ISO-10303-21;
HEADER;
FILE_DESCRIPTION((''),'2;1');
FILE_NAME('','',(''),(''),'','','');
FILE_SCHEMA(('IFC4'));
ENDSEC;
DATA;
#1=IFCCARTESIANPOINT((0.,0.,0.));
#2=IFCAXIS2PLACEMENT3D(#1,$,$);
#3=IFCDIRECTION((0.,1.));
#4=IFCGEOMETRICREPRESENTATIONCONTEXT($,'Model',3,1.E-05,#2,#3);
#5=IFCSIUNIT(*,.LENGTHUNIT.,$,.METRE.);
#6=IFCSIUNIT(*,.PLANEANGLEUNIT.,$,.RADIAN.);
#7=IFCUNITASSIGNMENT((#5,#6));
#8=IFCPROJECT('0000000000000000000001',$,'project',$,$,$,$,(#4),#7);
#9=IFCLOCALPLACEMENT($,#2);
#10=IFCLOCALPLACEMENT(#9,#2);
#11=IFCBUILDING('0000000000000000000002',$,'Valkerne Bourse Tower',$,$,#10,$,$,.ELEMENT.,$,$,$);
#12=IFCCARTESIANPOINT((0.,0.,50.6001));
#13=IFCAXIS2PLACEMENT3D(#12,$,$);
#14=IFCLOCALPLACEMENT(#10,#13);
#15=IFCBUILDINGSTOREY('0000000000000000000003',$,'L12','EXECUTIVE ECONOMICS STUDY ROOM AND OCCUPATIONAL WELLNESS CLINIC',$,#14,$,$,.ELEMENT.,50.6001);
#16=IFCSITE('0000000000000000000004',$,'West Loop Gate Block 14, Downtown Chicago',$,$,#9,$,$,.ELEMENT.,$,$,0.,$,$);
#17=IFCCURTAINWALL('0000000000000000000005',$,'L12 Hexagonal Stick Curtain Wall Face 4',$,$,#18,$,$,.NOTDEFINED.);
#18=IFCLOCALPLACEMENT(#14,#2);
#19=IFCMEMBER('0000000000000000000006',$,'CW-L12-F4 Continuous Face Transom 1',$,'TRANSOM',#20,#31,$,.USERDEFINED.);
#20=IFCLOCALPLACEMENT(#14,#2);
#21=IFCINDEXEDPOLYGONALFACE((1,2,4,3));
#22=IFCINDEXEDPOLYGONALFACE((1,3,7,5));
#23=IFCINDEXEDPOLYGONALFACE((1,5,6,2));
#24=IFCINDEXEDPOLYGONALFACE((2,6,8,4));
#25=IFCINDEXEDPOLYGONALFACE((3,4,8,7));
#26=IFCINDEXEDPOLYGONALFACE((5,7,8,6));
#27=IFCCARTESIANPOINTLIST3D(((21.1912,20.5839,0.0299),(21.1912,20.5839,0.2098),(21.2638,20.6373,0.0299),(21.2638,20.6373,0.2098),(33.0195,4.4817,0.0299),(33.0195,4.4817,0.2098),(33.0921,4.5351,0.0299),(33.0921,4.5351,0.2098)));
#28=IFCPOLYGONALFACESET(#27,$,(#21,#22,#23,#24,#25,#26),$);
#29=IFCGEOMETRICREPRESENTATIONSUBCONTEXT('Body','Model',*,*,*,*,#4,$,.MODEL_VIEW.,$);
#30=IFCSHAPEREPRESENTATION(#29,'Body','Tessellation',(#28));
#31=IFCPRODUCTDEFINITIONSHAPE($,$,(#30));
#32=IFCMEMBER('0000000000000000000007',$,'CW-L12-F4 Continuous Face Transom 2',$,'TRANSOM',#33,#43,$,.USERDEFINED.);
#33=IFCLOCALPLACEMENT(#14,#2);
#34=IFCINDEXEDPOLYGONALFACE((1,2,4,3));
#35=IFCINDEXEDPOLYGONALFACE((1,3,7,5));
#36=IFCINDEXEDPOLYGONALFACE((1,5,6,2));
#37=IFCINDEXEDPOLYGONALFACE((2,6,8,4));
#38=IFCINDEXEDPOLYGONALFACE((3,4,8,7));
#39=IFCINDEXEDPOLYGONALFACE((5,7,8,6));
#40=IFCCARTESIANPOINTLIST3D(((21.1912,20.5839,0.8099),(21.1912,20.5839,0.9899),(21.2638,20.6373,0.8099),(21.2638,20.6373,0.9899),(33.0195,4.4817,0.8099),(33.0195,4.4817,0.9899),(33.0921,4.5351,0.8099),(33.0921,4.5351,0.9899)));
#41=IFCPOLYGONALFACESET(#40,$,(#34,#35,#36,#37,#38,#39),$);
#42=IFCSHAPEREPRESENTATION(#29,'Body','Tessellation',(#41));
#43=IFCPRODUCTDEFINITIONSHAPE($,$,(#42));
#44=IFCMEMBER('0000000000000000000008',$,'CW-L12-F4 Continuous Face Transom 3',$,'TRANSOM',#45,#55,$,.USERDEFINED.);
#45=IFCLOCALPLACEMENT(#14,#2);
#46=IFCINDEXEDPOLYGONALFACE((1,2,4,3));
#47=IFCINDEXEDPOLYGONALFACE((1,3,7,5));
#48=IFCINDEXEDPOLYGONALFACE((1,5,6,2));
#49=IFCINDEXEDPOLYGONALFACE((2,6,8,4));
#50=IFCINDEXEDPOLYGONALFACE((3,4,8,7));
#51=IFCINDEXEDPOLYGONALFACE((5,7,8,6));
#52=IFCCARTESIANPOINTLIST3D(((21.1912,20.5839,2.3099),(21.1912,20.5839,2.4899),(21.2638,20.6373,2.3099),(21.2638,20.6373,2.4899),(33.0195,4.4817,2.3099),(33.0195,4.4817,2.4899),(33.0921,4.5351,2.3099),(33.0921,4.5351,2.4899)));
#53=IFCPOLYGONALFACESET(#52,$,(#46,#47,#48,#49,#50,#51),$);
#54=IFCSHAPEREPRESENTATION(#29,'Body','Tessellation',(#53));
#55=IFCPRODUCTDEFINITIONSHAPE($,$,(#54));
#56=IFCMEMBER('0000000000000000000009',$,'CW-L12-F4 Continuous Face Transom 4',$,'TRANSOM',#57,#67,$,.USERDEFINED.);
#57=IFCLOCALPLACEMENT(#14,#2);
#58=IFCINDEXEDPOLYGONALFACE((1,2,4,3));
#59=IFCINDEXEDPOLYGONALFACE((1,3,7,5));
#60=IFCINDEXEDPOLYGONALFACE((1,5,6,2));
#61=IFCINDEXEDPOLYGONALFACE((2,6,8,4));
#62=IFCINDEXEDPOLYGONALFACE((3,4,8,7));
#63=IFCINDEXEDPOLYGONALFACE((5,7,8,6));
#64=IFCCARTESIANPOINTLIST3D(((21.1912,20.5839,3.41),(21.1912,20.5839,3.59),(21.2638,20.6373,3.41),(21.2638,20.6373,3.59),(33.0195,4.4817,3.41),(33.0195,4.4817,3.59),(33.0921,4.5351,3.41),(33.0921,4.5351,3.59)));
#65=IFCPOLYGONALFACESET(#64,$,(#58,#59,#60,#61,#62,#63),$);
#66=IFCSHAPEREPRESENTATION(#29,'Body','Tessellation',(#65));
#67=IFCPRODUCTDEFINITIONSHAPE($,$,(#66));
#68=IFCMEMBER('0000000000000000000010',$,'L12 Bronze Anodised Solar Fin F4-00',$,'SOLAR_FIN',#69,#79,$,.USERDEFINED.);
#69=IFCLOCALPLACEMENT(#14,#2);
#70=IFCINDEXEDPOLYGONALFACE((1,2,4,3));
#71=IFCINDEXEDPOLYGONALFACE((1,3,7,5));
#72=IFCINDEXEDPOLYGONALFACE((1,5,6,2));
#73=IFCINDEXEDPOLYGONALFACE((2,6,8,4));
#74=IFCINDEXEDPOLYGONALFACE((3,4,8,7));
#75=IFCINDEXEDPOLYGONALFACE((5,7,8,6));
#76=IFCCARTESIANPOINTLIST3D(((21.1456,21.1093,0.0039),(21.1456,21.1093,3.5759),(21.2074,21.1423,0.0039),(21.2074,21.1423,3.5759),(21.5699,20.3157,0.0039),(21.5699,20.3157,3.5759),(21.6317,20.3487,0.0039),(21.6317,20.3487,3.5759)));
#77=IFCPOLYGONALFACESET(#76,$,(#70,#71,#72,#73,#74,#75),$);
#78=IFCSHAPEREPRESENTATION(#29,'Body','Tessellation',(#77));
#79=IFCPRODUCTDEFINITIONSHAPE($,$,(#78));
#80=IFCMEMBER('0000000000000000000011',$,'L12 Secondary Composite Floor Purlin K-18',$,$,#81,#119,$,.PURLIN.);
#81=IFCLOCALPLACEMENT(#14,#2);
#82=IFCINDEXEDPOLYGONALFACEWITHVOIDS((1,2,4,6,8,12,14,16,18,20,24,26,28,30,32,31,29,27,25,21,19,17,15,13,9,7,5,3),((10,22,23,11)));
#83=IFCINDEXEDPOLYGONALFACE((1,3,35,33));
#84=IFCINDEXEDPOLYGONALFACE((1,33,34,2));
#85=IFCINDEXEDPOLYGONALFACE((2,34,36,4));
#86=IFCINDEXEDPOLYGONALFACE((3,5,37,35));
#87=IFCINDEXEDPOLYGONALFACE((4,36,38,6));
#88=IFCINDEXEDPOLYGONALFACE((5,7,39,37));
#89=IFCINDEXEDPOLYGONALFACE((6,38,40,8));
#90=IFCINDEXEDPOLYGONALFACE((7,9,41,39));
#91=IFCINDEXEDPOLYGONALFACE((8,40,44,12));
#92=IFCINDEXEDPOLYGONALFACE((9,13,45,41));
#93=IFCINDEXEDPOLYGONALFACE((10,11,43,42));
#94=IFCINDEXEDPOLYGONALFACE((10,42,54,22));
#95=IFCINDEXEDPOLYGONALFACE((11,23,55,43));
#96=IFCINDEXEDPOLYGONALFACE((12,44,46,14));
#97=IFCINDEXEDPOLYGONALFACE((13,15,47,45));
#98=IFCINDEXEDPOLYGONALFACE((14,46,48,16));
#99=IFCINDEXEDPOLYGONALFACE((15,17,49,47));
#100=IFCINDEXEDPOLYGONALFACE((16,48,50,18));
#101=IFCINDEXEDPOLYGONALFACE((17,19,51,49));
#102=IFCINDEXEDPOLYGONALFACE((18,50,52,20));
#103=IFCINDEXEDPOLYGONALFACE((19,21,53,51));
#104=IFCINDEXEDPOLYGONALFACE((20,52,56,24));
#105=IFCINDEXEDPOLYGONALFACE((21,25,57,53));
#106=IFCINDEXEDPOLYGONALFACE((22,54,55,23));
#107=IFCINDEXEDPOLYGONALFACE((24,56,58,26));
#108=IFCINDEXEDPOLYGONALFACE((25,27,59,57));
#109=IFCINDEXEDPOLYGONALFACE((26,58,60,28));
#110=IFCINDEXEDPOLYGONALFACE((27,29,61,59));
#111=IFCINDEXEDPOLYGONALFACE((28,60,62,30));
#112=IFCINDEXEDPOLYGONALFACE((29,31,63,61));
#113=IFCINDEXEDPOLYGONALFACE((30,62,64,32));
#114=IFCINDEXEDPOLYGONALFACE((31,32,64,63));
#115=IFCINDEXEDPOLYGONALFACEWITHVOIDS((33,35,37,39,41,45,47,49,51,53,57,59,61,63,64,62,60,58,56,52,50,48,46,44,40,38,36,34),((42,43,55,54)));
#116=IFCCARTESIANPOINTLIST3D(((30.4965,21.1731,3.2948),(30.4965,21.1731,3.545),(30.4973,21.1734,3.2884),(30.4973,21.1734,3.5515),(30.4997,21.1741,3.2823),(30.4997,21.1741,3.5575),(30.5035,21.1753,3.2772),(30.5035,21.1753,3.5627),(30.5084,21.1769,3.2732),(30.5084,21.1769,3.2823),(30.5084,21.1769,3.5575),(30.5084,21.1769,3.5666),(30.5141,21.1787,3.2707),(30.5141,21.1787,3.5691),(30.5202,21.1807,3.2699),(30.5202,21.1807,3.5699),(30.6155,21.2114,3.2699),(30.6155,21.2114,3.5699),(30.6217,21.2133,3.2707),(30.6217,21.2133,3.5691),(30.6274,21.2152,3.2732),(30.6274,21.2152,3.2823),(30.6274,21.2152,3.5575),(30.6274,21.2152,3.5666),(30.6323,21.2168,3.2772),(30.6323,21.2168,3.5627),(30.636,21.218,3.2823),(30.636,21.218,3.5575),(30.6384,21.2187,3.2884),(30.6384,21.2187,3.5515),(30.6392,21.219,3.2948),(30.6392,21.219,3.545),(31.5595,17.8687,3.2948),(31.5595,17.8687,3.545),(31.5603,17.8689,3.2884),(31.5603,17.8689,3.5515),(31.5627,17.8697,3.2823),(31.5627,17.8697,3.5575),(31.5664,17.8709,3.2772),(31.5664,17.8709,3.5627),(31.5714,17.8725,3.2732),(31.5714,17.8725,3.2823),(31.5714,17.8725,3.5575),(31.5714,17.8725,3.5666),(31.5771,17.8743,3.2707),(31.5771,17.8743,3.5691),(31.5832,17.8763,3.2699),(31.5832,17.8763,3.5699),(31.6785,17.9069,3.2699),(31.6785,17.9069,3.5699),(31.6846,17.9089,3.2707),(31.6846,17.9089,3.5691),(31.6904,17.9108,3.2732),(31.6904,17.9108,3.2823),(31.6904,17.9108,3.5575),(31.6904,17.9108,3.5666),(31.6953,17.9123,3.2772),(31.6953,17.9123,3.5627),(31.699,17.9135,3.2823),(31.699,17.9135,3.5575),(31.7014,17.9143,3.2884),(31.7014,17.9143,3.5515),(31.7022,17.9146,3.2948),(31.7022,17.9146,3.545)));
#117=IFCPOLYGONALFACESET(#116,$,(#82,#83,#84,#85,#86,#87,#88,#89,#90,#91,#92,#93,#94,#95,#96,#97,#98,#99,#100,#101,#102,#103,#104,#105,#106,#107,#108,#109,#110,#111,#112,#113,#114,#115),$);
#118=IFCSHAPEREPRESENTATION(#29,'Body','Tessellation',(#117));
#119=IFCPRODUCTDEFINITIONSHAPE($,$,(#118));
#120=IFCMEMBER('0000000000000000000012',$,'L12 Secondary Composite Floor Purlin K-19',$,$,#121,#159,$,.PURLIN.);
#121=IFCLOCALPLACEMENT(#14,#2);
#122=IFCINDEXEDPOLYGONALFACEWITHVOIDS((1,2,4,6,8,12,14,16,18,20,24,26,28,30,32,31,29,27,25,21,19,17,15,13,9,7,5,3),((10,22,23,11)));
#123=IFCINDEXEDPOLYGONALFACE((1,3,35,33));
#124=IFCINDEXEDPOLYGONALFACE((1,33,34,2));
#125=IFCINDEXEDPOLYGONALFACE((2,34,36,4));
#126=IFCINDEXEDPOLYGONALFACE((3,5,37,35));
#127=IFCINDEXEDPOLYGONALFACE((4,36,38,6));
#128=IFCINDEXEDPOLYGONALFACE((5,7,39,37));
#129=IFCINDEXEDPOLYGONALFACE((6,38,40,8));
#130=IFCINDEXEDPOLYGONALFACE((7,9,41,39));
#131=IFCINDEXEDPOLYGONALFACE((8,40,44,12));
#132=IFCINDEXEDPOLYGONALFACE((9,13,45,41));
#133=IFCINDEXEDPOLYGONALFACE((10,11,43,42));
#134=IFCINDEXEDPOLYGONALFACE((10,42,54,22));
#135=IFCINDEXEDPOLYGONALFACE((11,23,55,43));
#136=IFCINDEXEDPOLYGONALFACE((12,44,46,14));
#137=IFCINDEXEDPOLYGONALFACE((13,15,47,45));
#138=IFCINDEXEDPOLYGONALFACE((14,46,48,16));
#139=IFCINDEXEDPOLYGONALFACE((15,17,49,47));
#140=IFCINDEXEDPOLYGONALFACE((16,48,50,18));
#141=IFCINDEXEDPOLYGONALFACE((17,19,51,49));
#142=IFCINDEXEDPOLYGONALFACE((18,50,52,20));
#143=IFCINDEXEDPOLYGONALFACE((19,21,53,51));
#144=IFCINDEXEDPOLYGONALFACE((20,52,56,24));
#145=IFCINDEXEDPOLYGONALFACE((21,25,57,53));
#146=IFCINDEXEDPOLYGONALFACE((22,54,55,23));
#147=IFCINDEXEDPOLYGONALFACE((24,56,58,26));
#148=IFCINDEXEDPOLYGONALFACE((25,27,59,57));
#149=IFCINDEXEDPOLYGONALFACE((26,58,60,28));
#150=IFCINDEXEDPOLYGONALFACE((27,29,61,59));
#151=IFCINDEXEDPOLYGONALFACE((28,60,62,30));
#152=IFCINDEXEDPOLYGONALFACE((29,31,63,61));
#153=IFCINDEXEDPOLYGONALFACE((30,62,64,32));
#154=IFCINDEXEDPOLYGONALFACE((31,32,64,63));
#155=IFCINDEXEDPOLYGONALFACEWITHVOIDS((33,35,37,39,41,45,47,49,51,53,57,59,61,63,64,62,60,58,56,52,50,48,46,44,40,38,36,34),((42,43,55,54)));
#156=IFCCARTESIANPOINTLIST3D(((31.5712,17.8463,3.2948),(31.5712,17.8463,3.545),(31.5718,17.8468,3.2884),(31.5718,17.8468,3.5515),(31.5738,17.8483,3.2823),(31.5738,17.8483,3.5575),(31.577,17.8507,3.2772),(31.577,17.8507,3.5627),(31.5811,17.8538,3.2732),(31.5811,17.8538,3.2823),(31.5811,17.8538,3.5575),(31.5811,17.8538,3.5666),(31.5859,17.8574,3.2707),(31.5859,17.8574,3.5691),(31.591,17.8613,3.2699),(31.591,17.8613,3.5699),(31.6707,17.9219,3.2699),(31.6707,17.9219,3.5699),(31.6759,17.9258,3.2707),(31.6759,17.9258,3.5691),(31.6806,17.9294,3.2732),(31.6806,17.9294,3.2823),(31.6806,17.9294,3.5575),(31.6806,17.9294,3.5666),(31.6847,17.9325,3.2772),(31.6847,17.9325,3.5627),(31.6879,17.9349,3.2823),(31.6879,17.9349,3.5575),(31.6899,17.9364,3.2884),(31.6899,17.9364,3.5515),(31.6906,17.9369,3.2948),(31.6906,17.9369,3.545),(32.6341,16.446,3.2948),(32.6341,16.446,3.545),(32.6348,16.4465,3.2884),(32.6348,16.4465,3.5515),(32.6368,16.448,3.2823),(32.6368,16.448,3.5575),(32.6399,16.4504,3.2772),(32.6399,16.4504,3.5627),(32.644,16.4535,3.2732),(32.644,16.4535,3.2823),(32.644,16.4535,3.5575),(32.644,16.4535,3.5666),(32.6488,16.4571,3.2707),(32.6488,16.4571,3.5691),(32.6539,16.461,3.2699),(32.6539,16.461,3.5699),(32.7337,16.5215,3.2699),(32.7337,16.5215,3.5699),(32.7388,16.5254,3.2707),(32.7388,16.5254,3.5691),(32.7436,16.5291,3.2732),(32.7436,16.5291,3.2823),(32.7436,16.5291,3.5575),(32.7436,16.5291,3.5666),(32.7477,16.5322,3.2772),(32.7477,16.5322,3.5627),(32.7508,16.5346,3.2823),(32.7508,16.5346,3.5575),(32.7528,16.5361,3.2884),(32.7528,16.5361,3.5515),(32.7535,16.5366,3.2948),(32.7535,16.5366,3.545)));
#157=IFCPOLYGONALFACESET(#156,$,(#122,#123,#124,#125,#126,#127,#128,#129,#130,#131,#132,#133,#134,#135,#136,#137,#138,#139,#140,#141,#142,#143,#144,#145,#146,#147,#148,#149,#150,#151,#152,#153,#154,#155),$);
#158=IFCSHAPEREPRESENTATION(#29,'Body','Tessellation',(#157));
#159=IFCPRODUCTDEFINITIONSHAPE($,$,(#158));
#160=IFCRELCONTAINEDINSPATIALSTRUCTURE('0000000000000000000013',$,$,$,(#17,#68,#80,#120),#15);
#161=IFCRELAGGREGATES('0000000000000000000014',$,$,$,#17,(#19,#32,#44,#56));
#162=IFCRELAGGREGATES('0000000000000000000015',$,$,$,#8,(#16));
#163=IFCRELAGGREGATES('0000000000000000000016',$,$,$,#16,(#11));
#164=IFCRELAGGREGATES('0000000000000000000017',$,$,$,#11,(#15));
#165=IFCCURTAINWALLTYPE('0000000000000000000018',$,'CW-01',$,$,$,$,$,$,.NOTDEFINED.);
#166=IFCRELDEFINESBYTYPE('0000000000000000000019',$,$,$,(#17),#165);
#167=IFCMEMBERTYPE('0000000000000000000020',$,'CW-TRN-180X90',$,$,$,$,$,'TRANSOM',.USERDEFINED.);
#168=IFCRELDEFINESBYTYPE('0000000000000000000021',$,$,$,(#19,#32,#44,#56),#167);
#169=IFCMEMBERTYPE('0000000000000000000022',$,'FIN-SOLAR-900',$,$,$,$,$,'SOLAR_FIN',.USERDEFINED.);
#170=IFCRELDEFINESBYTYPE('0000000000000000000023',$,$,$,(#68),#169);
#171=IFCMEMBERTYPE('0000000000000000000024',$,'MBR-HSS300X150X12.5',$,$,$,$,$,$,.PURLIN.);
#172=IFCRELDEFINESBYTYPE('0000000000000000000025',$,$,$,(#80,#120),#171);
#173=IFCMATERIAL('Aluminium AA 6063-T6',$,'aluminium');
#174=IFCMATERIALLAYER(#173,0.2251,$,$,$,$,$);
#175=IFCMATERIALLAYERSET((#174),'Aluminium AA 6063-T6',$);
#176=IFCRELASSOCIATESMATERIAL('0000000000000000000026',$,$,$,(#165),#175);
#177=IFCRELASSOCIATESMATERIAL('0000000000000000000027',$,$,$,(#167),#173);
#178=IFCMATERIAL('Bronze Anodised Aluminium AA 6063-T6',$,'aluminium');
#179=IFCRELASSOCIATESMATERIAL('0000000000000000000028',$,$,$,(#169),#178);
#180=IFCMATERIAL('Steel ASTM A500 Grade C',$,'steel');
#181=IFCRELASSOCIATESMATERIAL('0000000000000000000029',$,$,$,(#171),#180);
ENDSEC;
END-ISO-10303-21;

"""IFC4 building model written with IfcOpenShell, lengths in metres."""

from ifc_helpers import new_model, si_unit, direction, frame, origin, origin_2d, place, context, subcontext, project, spatial, rectangle, hollow_rectangle, extrude, material, layer, layer_set, material_profile, profile_set, type_object, element, aggregate, save


model = new_model("IFC4")

# Units and contexts
model_context = context("Model", 3, precision=1e-05, world=origin(), true_north=direction((0.0, 1.0)))
body_context = subcontext(model_context, "Body", "Model", "MODEL_VIEW")
ifc_project = project(units=[si_unit("LENGTHUNIT", "METRE"), si_unit("PLANEANGLEUNIT", "RADIAN")], contexts=[model_context])

# Site, building, storey
site_placement = place(None, origin())
site = spatial("IfcSite", under=ifc_project, at=site_placement, Name="West Loop Gate Block 14, Downtown Chicago", CompositionType="ELEMENT", RefElevation=0.0)
building_placement = place(site_placement, origin())
building = spatial("IfcBuilding", under=site, at=building_placement, Name="Valkerne Bourse Tower", CompositionType="ELEMENT")
storey_placement = place(building_placement, frame((0.0, 0.0, 50.6001)))
storey = spatial("IfcBuildingStorey", under=building, at=storey_placement, Name="L12", Description="EXECUTIVE ECONOMICS STUDY ROOM AND OCCUPATIONAL WELLNESS CLINIC", CompositionType="ELEMENT", Elevation=50.6001)

# Curtain wall, members
ifc_material_1 = material(Name="Aluminium AA 6063-T6", Category="aluminium")
ifc_layer_1 = layer(ifc_material_1, 0.2251)
ifc_layer_set_1 = layer_set([ifc_layer_1], Name="Aluminium AA 6063-T6")
curtain_wall_type = type_object("IfcCurtainWallType", Name="CW-01", PredefinedType="NOTDEFINED", material=ifc_layer_set_1)
curtain_wall_1_placement = place(storey_placement, origin())
curtain_wall_1 = element("IfcCurtainWall", 1, at=curtain_wall_1_placement, inside=storey, type_object=curtain_wall_type, Name="L12 Hexagonal Stick Curtain Wall Face 4", PredefinedType="NOTDEFINED")
ifc_material_profile_1 = material_profile(ifc_material_1, rectangle(XDim=0.0901, YDim=0.1799, at=origin_2d()), Name="CWT-90X180")
ifc_profile_set_1 = profile_set([ifc_material_profile_1], Name="Aluminium AA 6063-T6")
member_type_1 = type_object("IfcMemberType", Name="CW-TRN-180X90", ElementType="TRANSOM", PredefinedType="USERDEFINED", material=ifc_profile_set_1)
member_1_placement = place(storey_placement, frame((21.2275, 20.6106, 0.1199), z_axis=(0.592015, -0.805927, 0.0), x_axis=(0.805927, 0.592015, 0.0)))
member_1 = element("IfcMember", 2, at=member_1_placement, type_object=member_type_1, Name="CW-L12-F4 Continuous Face Transom 1", ObjectType="TRANSOM", PredefinedType="USERDEFINED", context=body_context, shape_type="SweptSolid", body=[
    extrude(rectangle(XDim=0.0901, YDim=0.1799, at=origin_2d()), origin(), (0.0, 0.0, 1.0), 19.9797),
])
member_2_placement = place(storey_placement, frame((21.2275, 20.6106, 0.8999), z_axis=(0.592015, -0.805927, 0.0), x_axis=(0.805927, 0.592015, 0.0)))
member_2 = element("IfcMember", 3, at=member_2_placement, type_object=member_type_1, Name="CW-L12-F4 Continuous Face Transom 2", ObjectType="TRANSOM", PredefinedType="USERDEFINED", context=body_context, shape_type="SweptSolid", body=[
    extrude(rectangle(XDim=0.0901, YDim=0.1799, at=origin_2d()), origin(), (0.0, 0.0, 1.0), 19.9797),
])
member_3_placement = place(storey_placement, frame((21.2275, 20.6106, 2.3999), z_axis=(0.592015, -0.805927, 0.0), x_axis=(0.805927, 0.592015, 0.0)))
member_3 = element("IfcMember", 4, at=member_3_placement, type_object=member_type_1, Name="CW-L12-F4 Continuous Face Transom 3", ObjectType="TRANSOM", PredefinedType="USERDEFINED", context=body_context, shape_type="SweptSolid", body=[
    extrude(rectangle(XDim=0.0901, YDim=0.1799, at=origin_2d()), origin(), (0.0, 0.0, 1.0), 19.9797),
])
member_4_placement = place(storey_placement, frame((21.2275, 20.6106, 3.5), z_axis=(0.592015, -0.805927, 0.0), x_axis=(0.805927, 0.592015, 0.0)))
member_4 = element("IfcMember", 5, at=member_4_placement, type_object=member_type_1, Name="CW-L12-F4 Continuous Face Transom 4", ObjectType="TRANSOM", PredefinedType="USERDEFINED", context=body_context, shape_type="SweptSolid", body=[
    extrude(rectangle(XDim=0.0901, YDim=0.1799, at=origin_2d()), origin(), (0.0, 0.0, 1.0), 19.9797),
])

# Members
ifc_material_2 = material(Name="Bronze Anodised Aluminium AA 6063-T6", Category="aluminium")
ifc_material_profile_2 = material_profile(ifc_material_2, rectangle(XDim=0.0701, YDim=0.8999, at=origin_2d()), Name="FIN-70X900")
ifc_profile_set_2 = profile_set([ifc_material_profile_2], Name="Bronze Anodised Aluminium AA 6063-T6")
member_type_2 = type_object("IfcMemberType", Name="FIN-SOLAR-900", ElementType="SOLAR_FIN", PredefinedType="USERDEFINED", material=ifc_profile_set_2)
member_5_placement = place(storey_placement, frame((21.3887, 20.729, 0.0039), z_axis=(0.0, 0.0, 1.0), x_axis=(-0.881879, -0.471476, 0.0)))
element("IfcMember", 6, at=member_5_placement, inside=storey, type_object=member_type_2, Name="L12 Bronze Anodised Solar Fin F4-00", ObjectType="SOLAR_FIN", PredefinedType="USERDEFINED", context=body_context, shape_type="SweptSolid", body=[
    extrude(rectangle(XDim=0.0701, YDim=0.8999, at=origin_2d()), origin(), (0.0, 0.0, 1.0), 3.572),
])
ifc_material_3 = material(Name="Steel ASTM A500 Grade C", Category="steel")
ifc_material_profile_3 = material_profile(ifc_material_3, hollow_rectangle(XDim=0.1499, YDim=0.3, WallThickness=0.0125, OuterFilletRadius=0.0249, at=origin_2d()), Name="HSS300X150X12.5")
ifc_profile_set_3 = profile_set([ifc_material_profile_3], Name="Steel ASTM A500 Grade C")
member_type_3 = type_object("IfcMemberType", Name="MBR-HSS300X150X12.5", PredefinedType="PURLIN", material=ifc_profile_set_3)
member_6_placement = place(storey_placement, frame((30.5679, 21.196, 3.4199), z_axis=(0.30623, -0.951958, 0.0), x_axis=(0.951958, 0.30623, 0.0)))
element("IfcMember", 7, at=member_6_placement, inside=storey, type_object=member_type_3, Name="L12 Secondary Composite Floor Purlin K-18", PredefinedType="PURLIN", context=body_context, shape_type="SweptSolid", body=[
    extrude(hollow_rectangle(XDim=0.1499, YDim=0.3, WallThickness=0.0125, OuterFilletRadius=0.0249, at=origin_2d()), origin(), (0.0, 0.0, 1.0), 3.4712),
])
member_7_placement = place(storey_placement, frame((31.6309, 17.8916, 3.4199), z_axis=(0.604611, -0.796521, 0.0), x_axis=(0.796521, 0.604611, 0.0)))
element("IfcMember", 8, at=member_7_placement, inside=storey, type_object=member_type_3, Name="L12 Secondary Composite Floor Purlin K-19", PredefinedType="PURLIN", context=body_context, shape_type="SweptSolid", body=[
    extrude(hollow_rectangle(XDim=0.1499, YDim=0.3, WallThickness=0.0125, OuterFilletRadius=0.0249, at=origin_2d()), origin(), (0.0, 0.0, 1.0), 1.7581),
])

aggregate(curtain_wall_1, [member_1, member_2, member_3, member_4])

save(model, "model.ifc")
